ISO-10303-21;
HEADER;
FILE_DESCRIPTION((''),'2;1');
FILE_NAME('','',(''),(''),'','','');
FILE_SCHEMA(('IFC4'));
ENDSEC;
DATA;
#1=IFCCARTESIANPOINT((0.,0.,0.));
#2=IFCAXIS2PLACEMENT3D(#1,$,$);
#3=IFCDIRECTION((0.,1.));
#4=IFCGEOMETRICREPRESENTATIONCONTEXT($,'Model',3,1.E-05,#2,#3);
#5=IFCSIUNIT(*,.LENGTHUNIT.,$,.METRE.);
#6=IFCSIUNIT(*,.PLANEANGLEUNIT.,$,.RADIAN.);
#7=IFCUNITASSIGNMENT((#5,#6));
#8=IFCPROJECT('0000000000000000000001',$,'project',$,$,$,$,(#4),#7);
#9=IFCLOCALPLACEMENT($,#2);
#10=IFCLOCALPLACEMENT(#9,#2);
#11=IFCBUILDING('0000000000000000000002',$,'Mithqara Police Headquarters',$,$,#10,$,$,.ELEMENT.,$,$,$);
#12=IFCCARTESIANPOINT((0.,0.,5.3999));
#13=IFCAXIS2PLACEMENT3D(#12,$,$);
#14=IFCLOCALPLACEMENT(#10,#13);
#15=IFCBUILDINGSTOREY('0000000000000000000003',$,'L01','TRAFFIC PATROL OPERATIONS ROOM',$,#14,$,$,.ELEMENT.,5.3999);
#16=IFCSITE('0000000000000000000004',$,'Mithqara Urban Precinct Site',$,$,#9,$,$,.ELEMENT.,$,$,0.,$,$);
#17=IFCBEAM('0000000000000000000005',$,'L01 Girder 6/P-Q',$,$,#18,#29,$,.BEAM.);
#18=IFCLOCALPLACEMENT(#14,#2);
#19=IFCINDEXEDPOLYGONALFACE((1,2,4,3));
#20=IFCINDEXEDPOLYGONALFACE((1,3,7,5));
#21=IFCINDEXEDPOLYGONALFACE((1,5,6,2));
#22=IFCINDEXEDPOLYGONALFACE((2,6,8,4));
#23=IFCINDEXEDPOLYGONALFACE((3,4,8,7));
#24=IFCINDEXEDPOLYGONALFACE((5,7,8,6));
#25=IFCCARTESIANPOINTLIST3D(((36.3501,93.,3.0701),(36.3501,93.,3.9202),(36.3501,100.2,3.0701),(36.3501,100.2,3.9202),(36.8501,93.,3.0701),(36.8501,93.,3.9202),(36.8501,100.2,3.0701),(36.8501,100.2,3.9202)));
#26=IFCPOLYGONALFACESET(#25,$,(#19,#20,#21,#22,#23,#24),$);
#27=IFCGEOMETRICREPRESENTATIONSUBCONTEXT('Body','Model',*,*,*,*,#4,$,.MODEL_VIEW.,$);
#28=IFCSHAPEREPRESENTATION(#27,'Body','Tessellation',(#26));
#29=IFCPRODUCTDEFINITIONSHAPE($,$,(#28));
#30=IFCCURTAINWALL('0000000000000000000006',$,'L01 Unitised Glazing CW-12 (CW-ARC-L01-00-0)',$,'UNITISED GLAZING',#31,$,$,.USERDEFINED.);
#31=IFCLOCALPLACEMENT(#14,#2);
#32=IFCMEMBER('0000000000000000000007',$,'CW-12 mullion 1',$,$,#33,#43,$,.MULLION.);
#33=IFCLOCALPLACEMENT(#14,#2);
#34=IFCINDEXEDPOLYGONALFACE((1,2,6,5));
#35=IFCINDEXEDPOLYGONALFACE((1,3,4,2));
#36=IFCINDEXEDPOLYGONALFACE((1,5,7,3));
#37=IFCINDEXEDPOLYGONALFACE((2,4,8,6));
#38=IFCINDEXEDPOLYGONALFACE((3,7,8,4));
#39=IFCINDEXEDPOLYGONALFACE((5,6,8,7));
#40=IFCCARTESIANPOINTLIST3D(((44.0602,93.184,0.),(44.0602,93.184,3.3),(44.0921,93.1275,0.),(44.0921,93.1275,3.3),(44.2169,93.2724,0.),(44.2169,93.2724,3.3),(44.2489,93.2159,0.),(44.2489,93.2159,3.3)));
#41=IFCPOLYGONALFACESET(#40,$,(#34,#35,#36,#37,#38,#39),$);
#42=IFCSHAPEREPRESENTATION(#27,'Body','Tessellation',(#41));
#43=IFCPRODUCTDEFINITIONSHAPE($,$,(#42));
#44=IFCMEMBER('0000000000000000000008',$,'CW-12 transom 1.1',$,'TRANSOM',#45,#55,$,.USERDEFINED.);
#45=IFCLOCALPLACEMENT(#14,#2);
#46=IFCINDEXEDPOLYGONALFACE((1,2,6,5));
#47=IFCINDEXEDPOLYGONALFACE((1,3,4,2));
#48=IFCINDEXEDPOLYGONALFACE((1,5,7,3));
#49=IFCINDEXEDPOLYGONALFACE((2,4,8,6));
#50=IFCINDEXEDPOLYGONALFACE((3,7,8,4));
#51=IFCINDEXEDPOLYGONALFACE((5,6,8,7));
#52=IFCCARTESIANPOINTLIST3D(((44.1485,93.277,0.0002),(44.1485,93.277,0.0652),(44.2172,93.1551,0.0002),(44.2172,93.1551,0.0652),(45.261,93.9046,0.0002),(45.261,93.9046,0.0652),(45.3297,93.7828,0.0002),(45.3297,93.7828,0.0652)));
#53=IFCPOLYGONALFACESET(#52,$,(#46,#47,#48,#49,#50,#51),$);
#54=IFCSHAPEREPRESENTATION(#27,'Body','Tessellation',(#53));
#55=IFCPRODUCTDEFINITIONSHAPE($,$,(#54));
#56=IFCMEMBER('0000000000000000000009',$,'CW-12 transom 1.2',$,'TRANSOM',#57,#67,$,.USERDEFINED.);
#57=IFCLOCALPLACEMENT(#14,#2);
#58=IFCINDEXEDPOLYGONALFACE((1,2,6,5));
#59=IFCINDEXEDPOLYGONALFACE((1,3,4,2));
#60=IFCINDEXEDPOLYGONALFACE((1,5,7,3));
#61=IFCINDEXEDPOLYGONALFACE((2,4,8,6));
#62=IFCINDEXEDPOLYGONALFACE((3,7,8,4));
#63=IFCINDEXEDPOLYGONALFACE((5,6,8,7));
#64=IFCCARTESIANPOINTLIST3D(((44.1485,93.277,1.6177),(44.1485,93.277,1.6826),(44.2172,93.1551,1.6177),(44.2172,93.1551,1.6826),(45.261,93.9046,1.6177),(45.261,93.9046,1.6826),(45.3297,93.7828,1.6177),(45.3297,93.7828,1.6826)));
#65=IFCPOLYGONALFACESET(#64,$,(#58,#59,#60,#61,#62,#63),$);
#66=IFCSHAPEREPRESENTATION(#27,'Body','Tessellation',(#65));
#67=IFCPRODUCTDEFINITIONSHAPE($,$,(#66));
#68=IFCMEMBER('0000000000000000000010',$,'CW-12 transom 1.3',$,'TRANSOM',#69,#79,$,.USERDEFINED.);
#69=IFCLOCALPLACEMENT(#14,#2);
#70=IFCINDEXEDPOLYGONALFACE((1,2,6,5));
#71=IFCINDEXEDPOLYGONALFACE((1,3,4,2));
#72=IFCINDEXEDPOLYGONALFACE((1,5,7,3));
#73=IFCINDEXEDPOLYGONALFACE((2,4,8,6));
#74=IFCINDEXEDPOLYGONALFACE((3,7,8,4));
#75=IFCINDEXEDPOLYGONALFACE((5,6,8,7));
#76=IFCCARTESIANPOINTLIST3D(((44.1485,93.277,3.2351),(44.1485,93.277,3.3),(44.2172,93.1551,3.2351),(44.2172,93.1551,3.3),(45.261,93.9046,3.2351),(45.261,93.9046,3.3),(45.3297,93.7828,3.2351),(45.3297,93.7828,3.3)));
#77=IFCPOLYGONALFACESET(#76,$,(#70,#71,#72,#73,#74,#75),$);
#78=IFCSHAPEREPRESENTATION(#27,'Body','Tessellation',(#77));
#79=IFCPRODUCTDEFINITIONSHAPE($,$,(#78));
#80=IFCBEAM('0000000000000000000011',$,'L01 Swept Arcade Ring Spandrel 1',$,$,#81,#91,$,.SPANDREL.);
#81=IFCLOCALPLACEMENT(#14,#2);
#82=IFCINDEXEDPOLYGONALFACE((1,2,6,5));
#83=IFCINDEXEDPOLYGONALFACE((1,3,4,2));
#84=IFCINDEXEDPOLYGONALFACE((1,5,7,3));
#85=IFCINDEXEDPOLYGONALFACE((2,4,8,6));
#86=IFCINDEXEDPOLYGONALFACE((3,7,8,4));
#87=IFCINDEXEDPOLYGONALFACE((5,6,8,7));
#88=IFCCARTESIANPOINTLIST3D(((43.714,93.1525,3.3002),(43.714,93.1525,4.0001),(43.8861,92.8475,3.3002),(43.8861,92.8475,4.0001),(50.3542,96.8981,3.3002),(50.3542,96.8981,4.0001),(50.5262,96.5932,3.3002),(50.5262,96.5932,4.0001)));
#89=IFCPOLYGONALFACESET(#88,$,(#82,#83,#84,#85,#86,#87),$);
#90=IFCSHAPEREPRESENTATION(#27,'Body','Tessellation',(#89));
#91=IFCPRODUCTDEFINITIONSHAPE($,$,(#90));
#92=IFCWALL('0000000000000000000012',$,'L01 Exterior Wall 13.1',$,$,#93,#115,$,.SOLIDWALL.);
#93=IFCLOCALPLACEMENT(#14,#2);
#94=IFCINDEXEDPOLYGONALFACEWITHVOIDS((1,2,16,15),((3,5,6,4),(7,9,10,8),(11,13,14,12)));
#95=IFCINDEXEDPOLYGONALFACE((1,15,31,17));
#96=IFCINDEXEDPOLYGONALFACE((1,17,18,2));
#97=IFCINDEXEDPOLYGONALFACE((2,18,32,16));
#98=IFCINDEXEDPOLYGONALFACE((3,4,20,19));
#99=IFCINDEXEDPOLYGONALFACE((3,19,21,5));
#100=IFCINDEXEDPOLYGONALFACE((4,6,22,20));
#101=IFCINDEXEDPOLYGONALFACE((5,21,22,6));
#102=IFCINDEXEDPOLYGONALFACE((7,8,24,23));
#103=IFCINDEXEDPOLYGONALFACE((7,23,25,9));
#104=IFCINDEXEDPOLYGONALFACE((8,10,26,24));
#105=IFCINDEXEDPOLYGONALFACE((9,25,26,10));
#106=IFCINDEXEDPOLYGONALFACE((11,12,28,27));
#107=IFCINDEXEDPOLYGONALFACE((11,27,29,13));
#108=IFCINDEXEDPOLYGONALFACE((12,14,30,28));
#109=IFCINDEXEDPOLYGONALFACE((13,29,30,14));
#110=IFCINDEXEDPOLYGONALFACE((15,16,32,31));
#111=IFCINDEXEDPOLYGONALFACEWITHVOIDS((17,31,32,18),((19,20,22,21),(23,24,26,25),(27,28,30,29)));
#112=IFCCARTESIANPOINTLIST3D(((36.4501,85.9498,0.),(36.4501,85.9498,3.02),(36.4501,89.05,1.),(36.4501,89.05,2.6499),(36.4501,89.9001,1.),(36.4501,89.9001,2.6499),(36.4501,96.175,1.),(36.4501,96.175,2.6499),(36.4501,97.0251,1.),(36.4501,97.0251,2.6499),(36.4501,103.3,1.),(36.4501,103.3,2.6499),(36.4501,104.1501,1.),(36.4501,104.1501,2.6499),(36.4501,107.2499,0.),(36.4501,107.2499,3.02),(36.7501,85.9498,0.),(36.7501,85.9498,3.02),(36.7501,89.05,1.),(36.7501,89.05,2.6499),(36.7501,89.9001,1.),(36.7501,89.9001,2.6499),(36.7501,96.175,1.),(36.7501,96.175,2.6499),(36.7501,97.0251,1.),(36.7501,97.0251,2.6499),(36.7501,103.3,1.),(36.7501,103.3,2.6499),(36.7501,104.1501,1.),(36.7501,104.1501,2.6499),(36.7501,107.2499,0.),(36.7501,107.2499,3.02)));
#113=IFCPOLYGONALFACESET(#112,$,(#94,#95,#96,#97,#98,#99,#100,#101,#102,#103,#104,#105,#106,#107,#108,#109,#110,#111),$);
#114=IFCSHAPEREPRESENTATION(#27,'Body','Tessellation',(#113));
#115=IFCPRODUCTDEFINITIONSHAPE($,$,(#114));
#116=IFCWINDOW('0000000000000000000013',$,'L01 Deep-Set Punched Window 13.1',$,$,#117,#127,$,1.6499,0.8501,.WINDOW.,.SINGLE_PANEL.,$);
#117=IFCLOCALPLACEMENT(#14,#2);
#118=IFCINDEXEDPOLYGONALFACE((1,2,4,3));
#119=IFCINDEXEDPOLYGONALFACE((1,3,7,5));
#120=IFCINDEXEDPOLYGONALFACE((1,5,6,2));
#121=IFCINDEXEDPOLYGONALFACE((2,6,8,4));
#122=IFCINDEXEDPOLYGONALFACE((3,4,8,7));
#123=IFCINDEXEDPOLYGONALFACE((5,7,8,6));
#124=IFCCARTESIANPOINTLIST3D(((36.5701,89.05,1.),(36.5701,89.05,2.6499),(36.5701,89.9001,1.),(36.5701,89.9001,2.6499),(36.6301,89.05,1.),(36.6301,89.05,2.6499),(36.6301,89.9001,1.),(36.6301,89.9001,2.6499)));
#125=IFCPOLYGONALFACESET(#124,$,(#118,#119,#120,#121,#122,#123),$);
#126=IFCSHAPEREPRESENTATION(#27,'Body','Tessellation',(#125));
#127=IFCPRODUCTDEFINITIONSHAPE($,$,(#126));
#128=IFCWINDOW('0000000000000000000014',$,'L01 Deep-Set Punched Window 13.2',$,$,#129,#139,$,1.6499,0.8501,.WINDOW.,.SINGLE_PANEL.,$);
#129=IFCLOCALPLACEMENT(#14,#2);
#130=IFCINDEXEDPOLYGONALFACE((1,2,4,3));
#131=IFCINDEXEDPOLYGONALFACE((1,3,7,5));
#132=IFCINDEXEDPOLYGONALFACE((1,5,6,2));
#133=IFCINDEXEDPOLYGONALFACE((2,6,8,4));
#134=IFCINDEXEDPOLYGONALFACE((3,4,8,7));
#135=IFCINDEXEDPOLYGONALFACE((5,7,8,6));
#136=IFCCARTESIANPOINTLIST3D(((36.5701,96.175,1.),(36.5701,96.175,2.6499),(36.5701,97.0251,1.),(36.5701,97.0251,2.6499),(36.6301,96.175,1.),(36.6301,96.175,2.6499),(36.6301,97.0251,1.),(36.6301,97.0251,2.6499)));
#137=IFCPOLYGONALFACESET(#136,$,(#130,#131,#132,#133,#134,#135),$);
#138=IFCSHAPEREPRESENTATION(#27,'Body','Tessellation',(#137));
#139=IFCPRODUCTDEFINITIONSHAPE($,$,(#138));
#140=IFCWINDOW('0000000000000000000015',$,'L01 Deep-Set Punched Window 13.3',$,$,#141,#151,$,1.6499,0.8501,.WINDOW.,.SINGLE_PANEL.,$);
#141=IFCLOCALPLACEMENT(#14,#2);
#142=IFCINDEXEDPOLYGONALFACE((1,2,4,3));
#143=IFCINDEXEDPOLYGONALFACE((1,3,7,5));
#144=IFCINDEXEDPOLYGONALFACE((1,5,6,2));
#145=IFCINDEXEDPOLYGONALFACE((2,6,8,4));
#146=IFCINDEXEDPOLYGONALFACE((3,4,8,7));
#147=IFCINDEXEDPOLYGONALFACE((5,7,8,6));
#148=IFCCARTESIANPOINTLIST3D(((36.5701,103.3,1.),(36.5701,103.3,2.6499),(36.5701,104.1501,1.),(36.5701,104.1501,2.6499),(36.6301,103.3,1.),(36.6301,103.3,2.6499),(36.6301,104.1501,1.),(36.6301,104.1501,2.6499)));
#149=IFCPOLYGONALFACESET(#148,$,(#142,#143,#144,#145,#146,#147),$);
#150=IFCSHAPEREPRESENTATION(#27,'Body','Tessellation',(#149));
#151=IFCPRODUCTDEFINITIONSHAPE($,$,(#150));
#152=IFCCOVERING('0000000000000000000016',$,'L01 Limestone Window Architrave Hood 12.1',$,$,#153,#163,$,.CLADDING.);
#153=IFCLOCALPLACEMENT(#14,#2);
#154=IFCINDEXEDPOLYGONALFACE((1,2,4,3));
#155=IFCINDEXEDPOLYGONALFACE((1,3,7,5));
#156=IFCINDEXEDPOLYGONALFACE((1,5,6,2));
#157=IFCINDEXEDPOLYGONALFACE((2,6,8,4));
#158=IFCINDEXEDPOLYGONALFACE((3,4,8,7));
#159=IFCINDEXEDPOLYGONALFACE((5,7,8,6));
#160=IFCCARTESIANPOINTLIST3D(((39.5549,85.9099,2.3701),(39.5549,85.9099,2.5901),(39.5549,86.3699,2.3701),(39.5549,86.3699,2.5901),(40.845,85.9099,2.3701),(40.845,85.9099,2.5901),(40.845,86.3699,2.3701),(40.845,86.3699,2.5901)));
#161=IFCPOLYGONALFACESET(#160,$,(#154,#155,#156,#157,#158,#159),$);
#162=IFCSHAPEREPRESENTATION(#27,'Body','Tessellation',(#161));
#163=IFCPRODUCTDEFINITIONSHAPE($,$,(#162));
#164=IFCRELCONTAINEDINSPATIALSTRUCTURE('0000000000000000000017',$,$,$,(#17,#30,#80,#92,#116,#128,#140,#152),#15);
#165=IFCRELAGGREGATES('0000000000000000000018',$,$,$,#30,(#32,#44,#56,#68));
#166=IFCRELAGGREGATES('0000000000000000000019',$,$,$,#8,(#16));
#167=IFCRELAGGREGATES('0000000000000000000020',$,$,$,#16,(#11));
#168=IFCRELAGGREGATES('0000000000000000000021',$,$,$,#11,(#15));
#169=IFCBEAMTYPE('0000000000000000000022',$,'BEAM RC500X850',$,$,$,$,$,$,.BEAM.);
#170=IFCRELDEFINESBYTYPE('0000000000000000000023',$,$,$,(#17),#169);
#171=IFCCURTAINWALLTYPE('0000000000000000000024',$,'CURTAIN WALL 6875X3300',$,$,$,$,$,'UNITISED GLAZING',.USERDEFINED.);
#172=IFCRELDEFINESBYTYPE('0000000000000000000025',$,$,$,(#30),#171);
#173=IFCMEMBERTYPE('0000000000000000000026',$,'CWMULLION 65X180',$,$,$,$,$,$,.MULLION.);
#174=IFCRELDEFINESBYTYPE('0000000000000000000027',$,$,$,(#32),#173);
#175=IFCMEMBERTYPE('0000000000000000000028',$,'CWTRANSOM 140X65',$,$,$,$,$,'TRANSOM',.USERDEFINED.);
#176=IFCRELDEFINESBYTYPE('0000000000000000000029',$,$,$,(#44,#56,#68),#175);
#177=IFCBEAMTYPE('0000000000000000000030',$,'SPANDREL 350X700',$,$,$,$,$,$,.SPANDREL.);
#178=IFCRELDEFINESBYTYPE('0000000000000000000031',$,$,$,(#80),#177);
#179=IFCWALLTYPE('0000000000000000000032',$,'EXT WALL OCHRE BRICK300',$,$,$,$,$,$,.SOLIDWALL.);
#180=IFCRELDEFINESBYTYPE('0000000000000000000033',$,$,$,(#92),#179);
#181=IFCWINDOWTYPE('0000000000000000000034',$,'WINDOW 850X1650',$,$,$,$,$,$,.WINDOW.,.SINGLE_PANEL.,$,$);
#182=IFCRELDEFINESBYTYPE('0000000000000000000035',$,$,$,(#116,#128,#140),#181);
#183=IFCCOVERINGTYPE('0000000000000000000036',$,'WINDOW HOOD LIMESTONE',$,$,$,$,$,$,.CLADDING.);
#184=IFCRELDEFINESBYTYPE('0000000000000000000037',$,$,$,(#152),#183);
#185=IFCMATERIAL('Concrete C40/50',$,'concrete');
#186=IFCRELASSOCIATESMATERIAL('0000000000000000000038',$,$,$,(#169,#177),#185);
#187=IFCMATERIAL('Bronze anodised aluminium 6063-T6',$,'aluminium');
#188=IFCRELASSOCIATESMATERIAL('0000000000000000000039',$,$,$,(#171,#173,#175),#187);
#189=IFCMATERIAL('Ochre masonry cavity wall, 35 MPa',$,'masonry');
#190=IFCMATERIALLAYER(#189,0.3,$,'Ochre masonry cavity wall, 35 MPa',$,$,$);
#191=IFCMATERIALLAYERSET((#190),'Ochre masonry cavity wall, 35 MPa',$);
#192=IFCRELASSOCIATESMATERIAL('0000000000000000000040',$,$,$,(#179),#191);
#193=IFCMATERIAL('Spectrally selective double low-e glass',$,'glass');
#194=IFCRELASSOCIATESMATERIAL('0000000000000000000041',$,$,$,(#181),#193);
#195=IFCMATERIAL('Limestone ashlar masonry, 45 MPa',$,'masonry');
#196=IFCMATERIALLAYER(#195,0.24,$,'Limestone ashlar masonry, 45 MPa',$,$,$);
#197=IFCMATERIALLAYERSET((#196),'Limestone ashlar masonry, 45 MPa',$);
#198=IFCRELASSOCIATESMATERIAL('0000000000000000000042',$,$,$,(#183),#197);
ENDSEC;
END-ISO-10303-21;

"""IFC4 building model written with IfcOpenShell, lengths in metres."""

from ifc_helpers import new_model, si_unit, direction, frame, frame_2d, origin, origin_2d, place, context, subcontext, project, spatial, rectangle, extrude, material, layer, layer_set, material_profile, profile_set, type_object, element, fill, aggregate, save


model = new_model("IFC4")

# Units and contexts
model_context = context("Model", 3, precision=1e-05, world=origin(), true_north=direction((0.0, 1.0)))
body_context = subcontext(model_context, "Body", "Model", "MODEL_VIEW")
ifc_project = project(units=[si_unit("LENGTHUNIT", "METRE"), si_unit("PLANEANGLEUNIT", "RADIAN")], contexts=[model_context])

# Site, building, storey
site_placement = place(None, origin())
site = spatial("IfcSite", under=ifc_project, at=site_placement, Name="Mithqara Urban Precinct Site", CompositionType="ELEMENT", RefElevation=0.0)
building_placement = place(site_placement, origin())
building = spatial("IfcBuilding", under=site, at=building_placement, Name="Mithqara Police Headquarters", CompositionType="ELEMENT")
storey_placement = place(building_placement, frame((0.0, 0.0, 5.3999)))
storey = spatial("IfcBuildingStorey", under=building, at=storey_placement, Name="L01", Description="TRAFFIC PATROL OPERATIONS ROOM", CompositionType="ELEMENT", Elevation=5.3999)

# Beam
ifc_material_1 = material(Name="Concrete C40/50", Category="concrete")
ifc_material_profile_1 = material_profile(ifc_material_1, rectangle(XDim=0.5, YDim=0.8501, at=origin_2d()), Name="RC 500x850")
ifc_profile_set_1 = profile_set([ifc_material_profile_1], Name="Concrete C40/50")
beam_type_1 = type_object("IfcBeamType", Name="BEAM RC500X850", PredefinedType="BEAM", material=ifc_profile_set_1)
beam_1_placement = place(storey_placement, frame((36.6001, 93.0, 3.4951), z_axis=(0.0, 1.0, 0.0), x_axis=(-1.0, 0.0, 0.0)))
element("IfcBeam", 1, at=beam_1_placement, inside=storey, type_object=beam_type_1, Name="L01 Girder 6/P-Q", PredefinedType="BEAM", context=body_context, shape_type="SweptSolid", body=[
    extrude(rectangle(XDim=0.5, YDim=0.8501, at=origin_2d()), origin(), (0.0, 0.0, 1.0), 7.2),
])

# Curtain wall, members
ifc_material_2 = material(Name="Bronze anodised aluminium 6063-T6", Category="aluminium")
curtain_wall_type = type_object("IfcCurtainWallType", Name="CURTAIN WALL 6875X3300", ElementType="UNITISED GLAZING", PredefinedType="USERDEFINED", material=ifc_material_2)
curtain_wall_placement = place(storey_placement, origin())
curtain_wall = element("IfcCurtainWall", 2, at=curtain_wall_placement, inside=storey, type_object=curtain_wall_type, Name="L01 Unitised Glazing CW-12 (CW-ARC-L01-00-0)", ObjectType="UNITISED GLAZING", PredefinedType="USERDEFINED")
ifc_material_profile_2 = material_profile(ifc_material_2, rectangle(XDim=0.0649, YDim=0.1799, at=origin_2d()), Name="CWM 65x180")
ifc_profile_set_2 = profile_set([ifc_material_profile_2], Name="Bronze anodised aluminium 6063-T6")
member_type_1 = type_object("IfcMemberType", Name="CWMULLION 65X180", PredefinedType="MULLION", material=ifc_profile_set_2)
member_1_placement = place(storey_placement, frame((44.1545, 93.2, 0.0), z_axis=(0.0, 0.0, 1.0), x_axis=(-0.491308, 0.870986, 0.0)))
member_1 = element("IfcMember", 3, at=member_1_placement, type_object=member_type_1, Name="CW-12 mullion 1", PredefinedType="MULLION", context=body_context, shape_type="SweptSolid", body=[
    extrude(rectangle(XDim=0.0649, YDim=0.1799, at=origin_2d()), origin(), (0.0, 0.0, 1.0), 3.3),
])
ifc_material_profile_3 = material_profile(ifc_material_2, rectangle(XDim=0.1399, YDim=0.0649, at=origin_2d()), Name="CWT 140x65")
ifc_profile_set_3 = profile_set([ifc_material_profile_3], Name="Bronze anodised aluminium 6063-T6")
member_type_2 = type_object("IfcMemberType", Name="CWTRANSOM 140X65", ElementType="TRANSOM", PredefinedType="USERDEFINED", material=ifc_profile_set_3)
member_2_placement = place(storey_placement, frame((44.1829, 93.2161, 0.0327), z_axis=(0.870947, 0.491377, 0.0), x_axis=(-0.491377, 0.870947, 0.0)))
member_2 = element("IfcMember", 4, at=member_2_placement, type_object=member_type_2, Name="CW-12 transom 1.1", ObjectType="TRANSOM", PredefinedType="USERDEFINED", context=body_context, shape_type="SweptSolid", body=[
    extrude(rectangle(XDim=0.1399, YDim=0.0649, at=origin_2d()), origin(), (0.0, 0.0, 1.0), 1.2773),
])
member_3_placement = place(storey_placement, frame((44.1829, 93.2161, 1.6501), z_axis=(0.870947, 0.491377, 0.0), x_axis=(-0.491377, 0.870947, 0.0)))
member_3 = element("IfcMember", 5, at=member_3_placement, type_object=member_type_2, Name="CW-12 transom 1.2", ObjectType="TRANSOM", PredefinedType="USERDEFINED", context=body_context, shape_type="SweptSolid", body=[
    extrude(rectangle(XDim=0.1399, YDim=0.0649, at=origin_2d()), origin(), (0.0, 0.0, 1.0), 1.2773),
])
member_4_placement = place(storey_placement, frame((44.1829, 93.2161, 3.2676), z_axis=(0.870947, 0.491377, 0.0), x_axis=(-0.491377, 0.870947, 0.0)))
member_4 = element("IfcMember", 6, at=member_4_placement, type_object=member_type_2, Name="CW-12 transom 1.3", ObjectType="TRANSOM", PredefinedType="USERDEFINED", context=body_context, shape_type="SweptSolid", body=[
    extrude(rectangle(XDim=0.1399, YDim=0.0649, at=origin_2d()), origin(), (0.0, 0.0, 1.0), 1.2773),
])
aggregate(curtain_wall, [member_1, member_2, member_3, member_4])

# Beam
ifc_material_profile_4 = material_profile(ifc_material_1, rectangle(XDim=0.3501, YDim=0.7, at=origin_2d()), Name="SPB 350x700")
ifc_profile_set_4 = profile_set([ifc_material_profile_4], Name="Concrete C40/50")
beam_type_2 = type_object("IfcBeamType", Name="SPANDREL 350X700", PredefinedType="SPANDREL", material=ifc_profile_set_4)
beam_2_placement = place(storey_placement, frame((43.8, 93.0, 3.6501), z_axis=(0.870985, 0.49131, 0.0), x_axis=(-0.49131, 0.870985, 0.0)))
element("IfcBeam", 7, at=beam_2_placement, inside=storey, type_object=beam_type_2, Name="L01 Swept Arcade Ring Spandrel 1", PredefinedType="SPANDREL", context=body_context, shape_type="SweptSolid", body=[
    extrude(rectangle(XDim=0.3501, YDim=0.7, at=origin_2d()), origin(), (0.0, 0.0, 1.0), 7.6238),
])

# Wall, openings, windows
ifc_material_3 = material(Name="Ochre masonry cavity wall, 35 MPa", Category="masonry")
ifc_layer_1 = layer(ifc_material_3, 0.3, Name="Ochre masonry cavity wall, 35 MPa")
ifc_layer_set_1 = layer_set([ifc_layer_1], Name="Ochre masonry cavity wall, 35 MPa")
wall_type = type_object("IfcWallType", Name="EXT WALL OCHRE BRICK300", PredefinedType="SOLIDWALL", material=ifc_layer_set_1)
wall_placement = place(storey_placement, frame((36.6001, 85.95, 0.0), z_axis=(0.0, 0.0, 1.0), x_axis=(0.0, 1.0, 0.0)))
wall = element("IfcWall", 8, at=wall_placement, inside=storey, type_object=wall_type, Name="L01 Exterior Wall 13.1", PredefinedType="SOLIDWALL", context=body_context, shape_type="SweptSolid", body=[
    extrude(rectangle(XDim=21.3, YDim=0.3, at=frame_2d((10.6499, 0.0))), origin(), (0.0, 0.0, 1.0), 3.02),
])
opening_1_placement = place(wall_placement, frame((3.1001, 0.0, 1.0)))
opening_1 = element("IfcOpeningElement", 9, at=opening_1_placement, cuts=wall, PredefinedType="OPENING", context=body_context, shape_type="SweptSolid", body=[
    extrude(rectangle(XDim=0.8501, YDim=1.6499, at=frame_2d((0.425, 0.825))), frame((0.0, 0.1602, 0.0), z_axis=(0.0, -1.0, 0.0), x_axis=(1.0, 0.0, 0.0)), (0.0, 0.0, 1.0), 0.3201),
])
opening_2_placement = place(wall_placement, frame((10.2251, 0.0, 1.0)))
opening_2 = element("IfcOpeningElement", 10, at=opening_2_placement, cuts=wall, PredefinedType="OPENING", context=body_context, shape_type="SweptSolid", body=[
    extrude(rectangle(XDim=0.8501, YDim=1.6499, at=frame_2d((0.425, 0.825))), frame((0.0, 0.1602, 0.0), z_axis=(0.0, -1.0, 0.0), x_axis=(1.0, 0.0, 0.0)), (0.0, 0.0, 1.0), 0.3201),
])
opening_3_placement = place(wall_placement, frame((17.3501, 0.0, 1.0)))
opening_3 = element("IfcOpeningElement", 11, at=opening_3_placement, cuts=wall, PredefinedType="OPENING", context=body_context, shape_type="SweptSolid", body=[
    extrude(rectangle(XDim=0.8501, YDim=1.6499, at=frame_2d((0.425, 0.825))), frame((0.0, 0.1602, 0.0), z_axis=(0.0, -1.0, 0.0), x_axis=(1.0, 0.0, 0.0)), (0.0, 0.0, 1.0), 0.3201),
])
ifc_material_4 = material(Name="Spectrally selective double low-e glass", Category="glass")
window_type = type_object("IfcWindowType", Name="WINDOW 850X1650", PartitioningType="SINGLE_PANEL", PredefinedType="WINDOW", material=ifc_material_4)
window_1_placement = place(opening_1_placement, origin())
window_1 = element("IfcWindow", 12, at=window_1_placement, inside=storey, type_object=window_type, Name="L01 Deep-Set Punched Window 13.1", OverallHeight=1.6499, OverallWidth=0.8501, PartitioningType="SINGLE_PANEL", PredefinedType="WINDOW", context=body_context, shape_type="SweptSolid", body=[
    extrude(rectangle(XDim=0.8501, YDim=1.6499, at=frame_2d((0.425, 0.825))), frame((0.0, 0.03, 0.0), z_axis=(0.0, -1.0, 0.0), x_axis=(1.0, 0.0, 0.0)), (0.0, 0.0, 1.0), 0.0601),
])
fill(opening_1, window_1)
window_2_placement = place(opening_2_placement, origin())
window_2 = element("IfcWindow", 13, at=window_2_placement, inside=storey, type_object=window_type, Name="L01 Deep-Set Punched Window 13.2", OverallHeight=1.6499, OverallWidth=0.8501, PartitioningType="SINGLE_PANEL", PredefinedType="WINDOW", context=body_context, shape_type="SweptSolid", body=[
    extrude(rectangle(XDim=0.8501, YDim=1.6499, at=frame_2d((0.425, 0.825))), frame((0.0, 0.03, 0.0), z_axis=(0.0, -1.0, 0.0), x_axis=(1.0, 0.0, 0.0)), (0.0, 0.0, 1.0), 0.0601),
])
fill(opening_2, window_2)
window_3_placement = place(opening_3_placement, origin())
window_3 = element("IfcWindow", 14, at=window_3_placement, inside=storey, type_object=window_type, Name="L01 Deep-Set Punched Window 13.3", OverallHeight=1.6499, OverallWidth=0.8501, PartitioningType="SINGLE_PANEL", PredefinedType="WINDOW", context=body_context, shape_type="SweptSolid", body=[
    extrude(rectangle(XDim=0.8501, YDim=1.6499, at=frame_2d((0.425, 0.825))), frame((0.0, 0.03, 0.0), z_axis=(0.0, -1.0, 0.0), x_axis=(1.0, 0.0, 0.0)), (0.0, 0.0, 1.0), 0.0601),
])
fill(opening_3, window_3)

# Covering
ifc_material_5 = material(Name="Limestone ashlar masonry, 45 MPa", Category="masonry")
ifc_layer_2 = layer(ifc_material_5, 0.24, Name="Limestone ashlar masonry, 45 MPa")
ifc_layer_set_2 = layer_set([ifc_layer_2], Name="Limestone ashlar masonry, 45 MPa")
covering_type = type_object("IfcCoveringType", Name="WINDOW HOOD LIMESTONE", PredefinedType="CLADDING", material=ifc_layer_set_2)
for number, where, z_axis, x_axis, name in (
    (15, (40.2, 86.1399, 2.3701), (0.0, 0.0, 1.0), (1.0, 0.0, 0.0), "L01 Limestone Window Architrave Hood 12.1"),
):
    element("IfcCovering", number, at=place(storey_placement, frame(where, z_axis=z_axis, x_axis=x_axis)), inside=storey, type_object=covering_type, Name=name, PredefinedType="CLADDING", context=body_context, shape_type="SweptSolid", body=[
        extrude(rectangle(XDim=1.29, YDim=0.46, at=origin_2d()), origin(), (0.0, 0.0, 1.0), 0.22),
    ])

save(model, "model.ifc")
